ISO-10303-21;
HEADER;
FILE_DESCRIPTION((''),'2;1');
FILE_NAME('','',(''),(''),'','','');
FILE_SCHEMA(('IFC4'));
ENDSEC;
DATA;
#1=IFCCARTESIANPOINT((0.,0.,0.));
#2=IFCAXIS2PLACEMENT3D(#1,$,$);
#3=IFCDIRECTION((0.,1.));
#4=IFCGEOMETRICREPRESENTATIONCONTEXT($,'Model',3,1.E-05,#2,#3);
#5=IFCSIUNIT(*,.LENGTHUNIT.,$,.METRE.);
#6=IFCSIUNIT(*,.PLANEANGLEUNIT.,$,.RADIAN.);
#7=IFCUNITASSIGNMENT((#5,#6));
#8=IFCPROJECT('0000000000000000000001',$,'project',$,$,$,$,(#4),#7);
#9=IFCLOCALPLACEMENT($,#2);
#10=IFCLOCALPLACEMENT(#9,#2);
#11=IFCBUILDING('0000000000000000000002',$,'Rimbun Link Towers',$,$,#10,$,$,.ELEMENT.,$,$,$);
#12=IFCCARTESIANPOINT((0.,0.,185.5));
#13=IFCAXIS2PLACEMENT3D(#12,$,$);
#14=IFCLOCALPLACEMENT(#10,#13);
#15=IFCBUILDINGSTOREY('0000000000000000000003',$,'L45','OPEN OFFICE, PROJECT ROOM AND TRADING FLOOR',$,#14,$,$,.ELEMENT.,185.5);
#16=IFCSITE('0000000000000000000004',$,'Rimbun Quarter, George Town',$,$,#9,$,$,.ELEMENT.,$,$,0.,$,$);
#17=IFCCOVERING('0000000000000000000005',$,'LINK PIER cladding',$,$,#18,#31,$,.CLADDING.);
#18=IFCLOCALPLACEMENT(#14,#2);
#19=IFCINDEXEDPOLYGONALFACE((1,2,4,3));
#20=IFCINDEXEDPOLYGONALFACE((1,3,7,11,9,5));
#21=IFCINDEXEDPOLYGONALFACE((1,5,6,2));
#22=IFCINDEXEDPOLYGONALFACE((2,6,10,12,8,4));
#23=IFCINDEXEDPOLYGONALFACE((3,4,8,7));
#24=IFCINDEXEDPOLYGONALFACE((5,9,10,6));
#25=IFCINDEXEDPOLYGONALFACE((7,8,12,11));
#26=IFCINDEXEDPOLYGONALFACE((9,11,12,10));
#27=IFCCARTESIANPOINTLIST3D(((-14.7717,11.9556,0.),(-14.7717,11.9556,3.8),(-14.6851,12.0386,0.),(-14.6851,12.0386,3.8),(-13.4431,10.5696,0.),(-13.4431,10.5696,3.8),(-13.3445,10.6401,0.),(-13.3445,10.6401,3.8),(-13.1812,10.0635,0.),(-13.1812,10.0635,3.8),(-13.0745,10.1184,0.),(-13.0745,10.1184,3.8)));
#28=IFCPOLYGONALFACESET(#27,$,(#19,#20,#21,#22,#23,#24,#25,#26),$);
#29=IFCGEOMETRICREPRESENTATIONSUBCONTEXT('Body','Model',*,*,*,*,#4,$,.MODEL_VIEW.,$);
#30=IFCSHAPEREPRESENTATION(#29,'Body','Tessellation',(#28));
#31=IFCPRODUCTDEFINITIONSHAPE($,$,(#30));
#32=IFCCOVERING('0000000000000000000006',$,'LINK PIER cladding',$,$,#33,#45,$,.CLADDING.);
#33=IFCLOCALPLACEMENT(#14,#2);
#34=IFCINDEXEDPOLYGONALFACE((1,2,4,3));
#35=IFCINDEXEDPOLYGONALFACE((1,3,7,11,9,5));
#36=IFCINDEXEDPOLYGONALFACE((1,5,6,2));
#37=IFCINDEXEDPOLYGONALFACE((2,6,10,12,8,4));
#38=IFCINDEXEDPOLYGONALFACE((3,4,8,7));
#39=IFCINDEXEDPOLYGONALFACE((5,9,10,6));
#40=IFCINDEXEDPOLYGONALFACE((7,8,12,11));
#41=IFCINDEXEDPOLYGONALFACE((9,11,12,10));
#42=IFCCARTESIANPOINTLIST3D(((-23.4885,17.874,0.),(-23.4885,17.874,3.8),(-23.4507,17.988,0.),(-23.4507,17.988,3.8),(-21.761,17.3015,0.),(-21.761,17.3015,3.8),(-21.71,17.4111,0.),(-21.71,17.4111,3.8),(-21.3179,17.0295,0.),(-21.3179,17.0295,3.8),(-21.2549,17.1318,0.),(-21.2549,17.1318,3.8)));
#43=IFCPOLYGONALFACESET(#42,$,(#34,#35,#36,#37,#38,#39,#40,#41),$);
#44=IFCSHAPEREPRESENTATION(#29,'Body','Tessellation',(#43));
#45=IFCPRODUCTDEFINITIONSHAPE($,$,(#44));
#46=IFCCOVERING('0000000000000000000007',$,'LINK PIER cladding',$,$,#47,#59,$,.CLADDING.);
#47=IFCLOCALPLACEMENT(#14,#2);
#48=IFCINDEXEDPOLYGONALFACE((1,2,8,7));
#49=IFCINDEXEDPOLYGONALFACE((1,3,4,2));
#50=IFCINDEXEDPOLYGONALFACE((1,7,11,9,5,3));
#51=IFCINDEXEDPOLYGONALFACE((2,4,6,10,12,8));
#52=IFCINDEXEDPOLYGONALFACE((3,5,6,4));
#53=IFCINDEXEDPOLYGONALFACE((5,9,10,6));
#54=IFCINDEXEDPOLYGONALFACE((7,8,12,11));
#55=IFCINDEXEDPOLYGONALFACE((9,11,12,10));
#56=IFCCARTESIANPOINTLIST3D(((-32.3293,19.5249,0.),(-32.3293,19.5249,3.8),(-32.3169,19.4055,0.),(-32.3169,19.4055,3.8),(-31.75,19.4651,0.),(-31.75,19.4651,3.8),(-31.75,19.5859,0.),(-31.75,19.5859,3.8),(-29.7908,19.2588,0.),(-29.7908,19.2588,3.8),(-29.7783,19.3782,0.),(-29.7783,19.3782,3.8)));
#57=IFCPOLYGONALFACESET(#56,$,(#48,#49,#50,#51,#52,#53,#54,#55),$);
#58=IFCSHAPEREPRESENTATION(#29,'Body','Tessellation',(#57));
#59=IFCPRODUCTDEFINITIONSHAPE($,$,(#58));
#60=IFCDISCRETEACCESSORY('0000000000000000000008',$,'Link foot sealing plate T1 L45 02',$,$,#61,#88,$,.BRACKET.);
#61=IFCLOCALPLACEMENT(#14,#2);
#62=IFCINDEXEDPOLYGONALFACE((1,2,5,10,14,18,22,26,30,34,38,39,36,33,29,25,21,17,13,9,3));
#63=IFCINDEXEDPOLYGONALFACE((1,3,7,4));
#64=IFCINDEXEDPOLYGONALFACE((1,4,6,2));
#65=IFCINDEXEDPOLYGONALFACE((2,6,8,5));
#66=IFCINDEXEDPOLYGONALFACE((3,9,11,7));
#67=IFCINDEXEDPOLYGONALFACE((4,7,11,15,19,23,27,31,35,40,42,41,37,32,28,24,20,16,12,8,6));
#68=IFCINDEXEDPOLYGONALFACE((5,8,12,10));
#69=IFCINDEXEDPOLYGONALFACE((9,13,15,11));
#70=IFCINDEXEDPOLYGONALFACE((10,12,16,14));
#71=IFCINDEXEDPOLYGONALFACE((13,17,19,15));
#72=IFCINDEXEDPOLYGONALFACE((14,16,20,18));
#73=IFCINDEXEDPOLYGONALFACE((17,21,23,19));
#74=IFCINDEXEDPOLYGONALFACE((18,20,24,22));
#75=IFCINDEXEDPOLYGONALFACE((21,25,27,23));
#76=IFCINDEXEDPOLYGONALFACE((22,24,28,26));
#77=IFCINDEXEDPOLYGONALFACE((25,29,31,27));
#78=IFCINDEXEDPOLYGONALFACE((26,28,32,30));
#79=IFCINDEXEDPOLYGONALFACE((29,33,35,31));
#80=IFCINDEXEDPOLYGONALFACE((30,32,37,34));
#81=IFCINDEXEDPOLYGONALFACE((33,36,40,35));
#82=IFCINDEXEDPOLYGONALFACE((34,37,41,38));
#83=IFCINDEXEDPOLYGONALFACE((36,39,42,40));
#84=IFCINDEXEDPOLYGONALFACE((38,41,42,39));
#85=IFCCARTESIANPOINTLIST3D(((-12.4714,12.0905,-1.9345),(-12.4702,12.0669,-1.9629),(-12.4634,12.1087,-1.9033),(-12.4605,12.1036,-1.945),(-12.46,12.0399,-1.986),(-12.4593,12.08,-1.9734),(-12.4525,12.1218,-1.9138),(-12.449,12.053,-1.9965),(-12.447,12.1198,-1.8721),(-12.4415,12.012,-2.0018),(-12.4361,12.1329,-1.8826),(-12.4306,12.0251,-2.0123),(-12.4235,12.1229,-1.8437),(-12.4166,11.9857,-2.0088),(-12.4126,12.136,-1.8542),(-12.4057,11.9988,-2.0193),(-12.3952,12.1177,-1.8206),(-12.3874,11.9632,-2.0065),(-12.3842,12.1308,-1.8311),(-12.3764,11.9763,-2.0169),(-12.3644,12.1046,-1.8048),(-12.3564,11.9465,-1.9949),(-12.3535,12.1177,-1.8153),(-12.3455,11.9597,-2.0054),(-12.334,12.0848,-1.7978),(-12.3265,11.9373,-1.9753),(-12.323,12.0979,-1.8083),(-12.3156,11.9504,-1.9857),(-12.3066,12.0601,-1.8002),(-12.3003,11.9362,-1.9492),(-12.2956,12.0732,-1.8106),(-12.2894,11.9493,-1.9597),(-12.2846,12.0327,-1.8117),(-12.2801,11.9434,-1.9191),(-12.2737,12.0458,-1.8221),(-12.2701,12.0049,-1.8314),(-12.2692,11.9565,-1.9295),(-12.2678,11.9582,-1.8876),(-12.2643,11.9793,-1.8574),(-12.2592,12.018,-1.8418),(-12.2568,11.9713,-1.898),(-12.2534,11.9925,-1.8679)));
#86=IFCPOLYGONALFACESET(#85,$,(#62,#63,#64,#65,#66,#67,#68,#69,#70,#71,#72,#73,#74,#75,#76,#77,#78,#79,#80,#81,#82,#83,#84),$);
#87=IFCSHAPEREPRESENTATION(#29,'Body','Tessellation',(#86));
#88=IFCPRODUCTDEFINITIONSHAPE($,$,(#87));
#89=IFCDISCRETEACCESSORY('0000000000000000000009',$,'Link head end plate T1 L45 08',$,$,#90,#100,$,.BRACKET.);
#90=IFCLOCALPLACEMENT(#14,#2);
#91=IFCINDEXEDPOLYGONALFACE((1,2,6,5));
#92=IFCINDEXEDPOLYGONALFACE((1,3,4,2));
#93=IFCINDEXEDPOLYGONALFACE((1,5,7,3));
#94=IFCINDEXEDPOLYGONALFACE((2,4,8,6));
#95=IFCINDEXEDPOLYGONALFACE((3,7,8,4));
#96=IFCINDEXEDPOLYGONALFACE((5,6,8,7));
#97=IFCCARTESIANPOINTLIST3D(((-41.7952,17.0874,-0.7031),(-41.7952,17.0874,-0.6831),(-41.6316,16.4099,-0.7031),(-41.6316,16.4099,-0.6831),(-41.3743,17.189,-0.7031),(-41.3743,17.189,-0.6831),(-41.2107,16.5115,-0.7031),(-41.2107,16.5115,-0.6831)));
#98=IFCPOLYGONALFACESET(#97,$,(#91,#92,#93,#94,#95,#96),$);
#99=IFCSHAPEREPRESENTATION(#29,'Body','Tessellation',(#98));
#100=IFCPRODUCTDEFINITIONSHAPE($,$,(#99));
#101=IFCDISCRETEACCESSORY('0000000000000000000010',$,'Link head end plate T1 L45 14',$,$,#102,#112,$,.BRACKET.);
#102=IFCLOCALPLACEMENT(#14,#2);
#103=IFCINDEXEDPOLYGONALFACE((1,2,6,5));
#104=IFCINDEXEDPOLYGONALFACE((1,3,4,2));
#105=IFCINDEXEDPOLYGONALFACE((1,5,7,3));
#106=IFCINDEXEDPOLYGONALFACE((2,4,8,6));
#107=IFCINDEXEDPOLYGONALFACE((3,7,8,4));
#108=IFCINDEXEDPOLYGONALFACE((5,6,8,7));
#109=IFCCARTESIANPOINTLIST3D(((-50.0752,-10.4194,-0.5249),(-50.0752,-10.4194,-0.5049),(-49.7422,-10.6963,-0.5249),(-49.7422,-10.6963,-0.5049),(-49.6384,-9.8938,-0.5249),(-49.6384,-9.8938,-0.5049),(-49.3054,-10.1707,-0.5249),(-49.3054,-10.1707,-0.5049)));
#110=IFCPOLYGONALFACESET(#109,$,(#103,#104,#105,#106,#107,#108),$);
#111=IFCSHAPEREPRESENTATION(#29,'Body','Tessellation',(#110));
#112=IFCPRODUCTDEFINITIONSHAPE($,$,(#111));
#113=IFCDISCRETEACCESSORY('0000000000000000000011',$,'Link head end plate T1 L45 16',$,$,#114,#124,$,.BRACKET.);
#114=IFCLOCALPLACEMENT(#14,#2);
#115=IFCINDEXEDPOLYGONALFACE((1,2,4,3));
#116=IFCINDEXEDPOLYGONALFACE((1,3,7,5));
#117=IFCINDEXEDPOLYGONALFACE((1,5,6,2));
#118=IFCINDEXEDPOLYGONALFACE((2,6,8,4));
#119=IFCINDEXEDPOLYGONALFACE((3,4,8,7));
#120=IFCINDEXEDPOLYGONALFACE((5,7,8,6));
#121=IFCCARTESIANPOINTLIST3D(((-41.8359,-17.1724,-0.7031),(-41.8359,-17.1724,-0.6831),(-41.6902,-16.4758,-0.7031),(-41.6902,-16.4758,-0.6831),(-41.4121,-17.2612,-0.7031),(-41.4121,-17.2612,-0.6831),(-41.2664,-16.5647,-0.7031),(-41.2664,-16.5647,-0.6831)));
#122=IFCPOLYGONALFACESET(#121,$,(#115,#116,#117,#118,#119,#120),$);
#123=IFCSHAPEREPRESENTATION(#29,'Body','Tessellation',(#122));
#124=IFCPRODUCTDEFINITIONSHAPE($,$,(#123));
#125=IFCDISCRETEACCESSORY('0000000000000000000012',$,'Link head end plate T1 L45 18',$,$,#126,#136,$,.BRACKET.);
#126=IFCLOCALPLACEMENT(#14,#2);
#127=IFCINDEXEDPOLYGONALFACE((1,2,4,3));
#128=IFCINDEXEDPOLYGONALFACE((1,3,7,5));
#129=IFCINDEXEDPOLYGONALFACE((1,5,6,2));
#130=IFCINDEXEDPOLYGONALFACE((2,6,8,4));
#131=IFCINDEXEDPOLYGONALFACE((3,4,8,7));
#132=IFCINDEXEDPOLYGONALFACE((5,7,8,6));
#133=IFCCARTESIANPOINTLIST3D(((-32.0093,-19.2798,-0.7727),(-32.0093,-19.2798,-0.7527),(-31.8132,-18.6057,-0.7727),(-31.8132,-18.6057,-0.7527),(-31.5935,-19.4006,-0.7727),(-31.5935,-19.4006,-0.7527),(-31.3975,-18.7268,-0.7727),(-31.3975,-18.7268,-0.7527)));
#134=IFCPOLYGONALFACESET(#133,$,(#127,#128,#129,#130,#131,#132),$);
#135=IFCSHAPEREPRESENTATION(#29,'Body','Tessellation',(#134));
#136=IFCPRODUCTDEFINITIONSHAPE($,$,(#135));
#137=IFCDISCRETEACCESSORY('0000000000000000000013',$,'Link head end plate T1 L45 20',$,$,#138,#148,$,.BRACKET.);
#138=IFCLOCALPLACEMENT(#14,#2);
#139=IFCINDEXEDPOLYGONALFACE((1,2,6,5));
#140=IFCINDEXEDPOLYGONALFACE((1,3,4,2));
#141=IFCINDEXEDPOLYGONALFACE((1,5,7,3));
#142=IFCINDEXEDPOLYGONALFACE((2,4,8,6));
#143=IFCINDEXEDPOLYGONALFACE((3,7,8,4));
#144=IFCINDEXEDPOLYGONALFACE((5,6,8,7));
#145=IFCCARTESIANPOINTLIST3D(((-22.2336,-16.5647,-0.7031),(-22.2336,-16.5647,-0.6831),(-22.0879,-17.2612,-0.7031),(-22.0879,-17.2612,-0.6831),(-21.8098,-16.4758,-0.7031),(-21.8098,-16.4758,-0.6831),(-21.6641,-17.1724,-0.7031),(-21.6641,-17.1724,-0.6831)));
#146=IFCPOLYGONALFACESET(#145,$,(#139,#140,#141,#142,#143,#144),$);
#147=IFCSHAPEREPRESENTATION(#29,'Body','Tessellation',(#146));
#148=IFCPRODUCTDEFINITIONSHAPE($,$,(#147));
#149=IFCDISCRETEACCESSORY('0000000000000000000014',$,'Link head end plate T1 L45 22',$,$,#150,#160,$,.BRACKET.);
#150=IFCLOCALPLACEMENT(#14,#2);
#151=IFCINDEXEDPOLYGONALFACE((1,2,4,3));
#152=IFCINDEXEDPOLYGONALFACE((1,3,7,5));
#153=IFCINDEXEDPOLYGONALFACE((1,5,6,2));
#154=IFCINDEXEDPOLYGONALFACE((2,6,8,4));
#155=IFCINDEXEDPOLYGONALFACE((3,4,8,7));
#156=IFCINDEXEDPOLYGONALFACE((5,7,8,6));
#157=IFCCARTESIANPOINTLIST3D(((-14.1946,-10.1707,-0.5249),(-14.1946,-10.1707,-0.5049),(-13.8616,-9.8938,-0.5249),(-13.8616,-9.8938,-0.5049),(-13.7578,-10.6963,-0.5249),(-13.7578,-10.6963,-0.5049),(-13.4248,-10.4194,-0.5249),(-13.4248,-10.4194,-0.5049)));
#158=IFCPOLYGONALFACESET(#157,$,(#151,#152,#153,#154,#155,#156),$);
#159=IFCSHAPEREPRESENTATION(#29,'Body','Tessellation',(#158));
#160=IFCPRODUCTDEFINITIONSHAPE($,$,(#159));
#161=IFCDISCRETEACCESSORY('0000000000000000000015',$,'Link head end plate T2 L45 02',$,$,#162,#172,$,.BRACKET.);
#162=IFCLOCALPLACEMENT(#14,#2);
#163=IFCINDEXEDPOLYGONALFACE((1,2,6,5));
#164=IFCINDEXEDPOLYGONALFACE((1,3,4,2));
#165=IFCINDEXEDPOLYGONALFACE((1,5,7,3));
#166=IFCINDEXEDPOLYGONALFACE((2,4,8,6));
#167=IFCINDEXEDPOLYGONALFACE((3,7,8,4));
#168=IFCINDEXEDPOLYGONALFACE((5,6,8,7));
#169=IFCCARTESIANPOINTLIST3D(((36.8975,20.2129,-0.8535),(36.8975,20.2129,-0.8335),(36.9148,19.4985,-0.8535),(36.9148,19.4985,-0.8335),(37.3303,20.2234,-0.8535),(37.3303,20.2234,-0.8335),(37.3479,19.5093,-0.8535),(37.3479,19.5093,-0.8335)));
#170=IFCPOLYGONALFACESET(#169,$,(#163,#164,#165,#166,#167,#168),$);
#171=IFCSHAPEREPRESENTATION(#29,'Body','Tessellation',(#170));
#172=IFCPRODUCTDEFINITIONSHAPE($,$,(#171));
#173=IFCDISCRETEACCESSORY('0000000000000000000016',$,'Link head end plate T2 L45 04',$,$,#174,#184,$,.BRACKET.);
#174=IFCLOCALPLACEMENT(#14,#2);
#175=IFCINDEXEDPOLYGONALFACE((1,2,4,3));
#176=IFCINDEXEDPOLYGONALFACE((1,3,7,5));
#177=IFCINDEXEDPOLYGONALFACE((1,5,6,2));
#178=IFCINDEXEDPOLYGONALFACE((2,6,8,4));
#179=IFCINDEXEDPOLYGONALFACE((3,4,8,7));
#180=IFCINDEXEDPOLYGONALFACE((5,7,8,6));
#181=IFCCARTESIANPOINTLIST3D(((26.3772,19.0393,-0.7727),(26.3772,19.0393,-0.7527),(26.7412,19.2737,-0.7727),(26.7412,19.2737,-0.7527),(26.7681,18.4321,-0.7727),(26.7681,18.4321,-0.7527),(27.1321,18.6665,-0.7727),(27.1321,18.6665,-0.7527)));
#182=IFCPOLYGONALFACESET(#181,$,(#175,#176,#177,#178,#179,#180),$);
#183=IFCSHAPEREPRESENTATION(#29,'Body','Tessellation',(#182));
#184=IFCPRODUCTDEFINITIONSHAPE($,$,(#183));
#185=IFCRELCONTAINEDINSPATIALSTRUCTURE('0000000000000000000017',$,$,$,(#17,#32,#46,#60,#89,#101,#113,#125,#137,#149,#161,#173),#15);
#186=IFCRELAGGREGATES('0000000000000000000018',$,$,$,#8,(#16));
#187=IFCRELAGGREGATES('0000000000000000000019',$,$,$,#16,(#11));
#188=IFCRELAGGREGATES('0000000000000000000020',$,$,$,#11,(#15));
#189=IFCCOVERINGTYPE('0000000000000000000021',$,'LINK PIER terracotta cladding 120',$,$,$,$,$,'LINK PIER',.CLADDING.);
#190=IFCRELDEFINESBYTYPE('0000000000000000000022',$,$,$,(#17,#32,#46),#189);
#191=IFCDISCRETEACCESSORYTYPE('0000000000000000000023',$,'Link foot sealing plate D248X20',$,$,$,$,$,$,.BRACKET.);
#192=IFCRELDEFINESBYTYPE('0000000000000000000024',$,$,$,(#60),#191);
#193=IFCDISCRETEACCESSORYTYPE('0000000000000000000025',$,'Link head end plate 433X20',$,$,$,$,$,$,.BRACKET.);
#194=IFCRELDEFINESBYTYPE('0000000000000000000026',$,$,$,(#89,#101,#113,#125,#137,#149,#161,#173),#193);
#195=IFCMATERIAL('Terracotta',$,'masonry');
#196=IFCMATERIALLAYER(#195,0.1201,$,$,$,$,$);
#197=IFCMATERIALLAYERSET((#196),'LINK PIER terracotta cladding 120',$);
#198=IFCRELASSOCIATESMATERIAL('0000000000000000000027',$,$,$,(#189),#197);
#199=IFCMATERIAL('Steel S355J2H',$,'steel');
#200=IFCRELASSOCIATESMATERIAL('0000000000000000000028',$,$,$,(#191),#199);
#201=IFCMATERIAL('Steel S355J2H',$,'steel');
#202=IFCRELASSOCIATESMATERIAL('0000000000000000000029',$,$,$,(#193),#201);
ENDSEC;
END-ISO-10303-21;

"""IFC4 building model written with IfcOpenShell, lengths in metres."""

from ifc_helpers import new_model, si_unit, direction, frame, origin, origin_2d, place, context, subcontext, project, spatial, polyline, rectangle, circle, outline, extrude, material, layer, layer_set, material_profile, profile_set, type_object, element, save


model = new_model("IFC4")

# Units and contexts
model_context = context("Model", 3, precision=1e-05, world=origin(), true_north=direction((0.0, 1.0)))
body_context = subcontext(model_context, "Body", "Model", "MODEL_VIEW")
ifc_project = project(units=[si_unit("LENGTHUNIT", "METRE"), si_unit("PLANEANGLEUNIT", "RADIAN")], contexts=[model_context])

# Site, building, storey
site_placement = place(None, origin())
site = spatial("IfcSite", under=ifc_project, at=site_placement, Name="Rimbun Quarter, George Town", CompositionType="ELEMENT", RefElevation=0.0)
building_placement = place(site_placement, origin())
building = spatial("IfcBuilding", under=site, at=building_placement, Name="Rimbun Link Towers", CompositionType="ELEMENT")
storey_placement = place(building_placement, frame((0.0, 0.0, 185.5)))
storey = spatial("IfcBuildingStorey", under=building, at=storey_placement, Name="L45", Description="OPEN OFFICE, PROJECT ROOM AND TRADING FLOOR", CompositionType="ELEMENT", Elevation=185.5)

# Coverings
ifc_material_1 = material(Name="Terracotta", Category="masonry")
ifc_layer_1 = layer(ifc_material_1, 0.1201)
ifc_layer_set_1 = layer_set([ifc_layer_1], Name="LINK PIER terracotta cladding 120")
covering_type_1 = type_object("IfcCoveringType", Name="LINK PIER terracotta cladding 120", ElementType="LINK PIER", PredefinedType="CLADDING", material=ifc_layer_set_1)
covering_1_placement = place(storey_placement, origin())
element("IfcCovering", 1, at=covering_1_placement, inside=storey, type_object=covering_type_1, Name="LINK PIER cladding", PredefinedType="CLADDING", context=body_context, shape_type="SweptSolid", body=[
    extrude(outline(polyline([(-14.7717, 11.9556), (-13.4431, 10.5696), (-13.1812, 10.0635), (-13.0745, 10.1184), (-13.3445, 10.6401), (-14.6851, 12.0386), (-14.7717, 11.9556)])), origin(), (0.0, 0.0, 1.0), 3.8),
])
covering_2_placement = place(storey_placement, origin())
element("IfcCovering", 2, at=covering_2_placement, inside=storey, type_object=covering_type_1, Name="LINK PIER cladding", PredefinedType="CLADDING", context=body_context, shape_type="SweptSolid", body=[
    extrude(outline(polyline([(-23.4885, 17.874), (-21.761, 17.3015), (-21.3179, 17.0295), (-21.2549, 17.1318), (-21.71, 17.4111), (-23.4507, 17.988), (-23.4885, 17.874)])), origin(), (0.0, 0.0, 1.0), 3.8),
])
covering_3_placement = place(storey_placement, origin())
element("IfcCovering", 3, at=covering_3_placement, inside=storey, type_object=covering_type_1, Name="LINK PIER cladding", PredefinedType="CLADDING", context=body_context, shape_type="SweptSolid", body=[
    extrude(outline(polyline([(-32.3169, 19.4055), (-31.75, 19.4651), (-29.7908, 19.2588), (-29.7783, 19.3782), (-31.75, 19.5859), (-32.3293, 19.5249), (-32.3169, 19.4055)])), origin(), (0.0, 0.0, 1.0), 3.8),
])

# Discrete accessories
ifc_material_2 = material(Name="Steel S355J2H", Category="steel")
ifc_material_profile_1 = material_profile(ifc_material_2, circle(Radius=0.124, at=origin_2d()), Name="PL D248")
ifc_profile_set_1 = profile_set([ifc_material_profile_1], Name="Steel S355J2H")
discrete_accessory_type_1 = type_object("IfcDiscreteAccessoryType", Name="Link foot sealing plate D248X20", PredefinedType="BRACKET", material=ifc_profile_set_1)
discrete_accessory_1_placement = place(storey_placement, frame((-12.3682, 12.0293, -1.9033), z_axis=(0.546107, 0.655328, -0.521835), x_axis=(-0.768221, 0.640184, 0.0)))
element("IfcDiscreteAccessory", 4, at=discrete_accessory_1_placement, inside=storey, type_object=discrete_accessory_type_1, Name="Link foot sealing plate T1 L45 02", PredefinedType="BRACKET", context=body_context, shape_type="SweptSolid", body=[
    extrude(circle(Radius=0.124, at=origin_2d()), origin(), (0.0, 0.0, 1.0), 0.02),
])
ifc_material_3 = material(Name="Steel S355J2H", Category="steel")
ifc_material_profile_2 = material_profile(ifc_material_3, rectangle(XDim=0.4331, YDim=0.4331, at=origin_2d()), Name="PL 433x433")
ifc_profile_set_2 = profile_set([ifc_material_profile_2], Name="Steel S355J2H")
discrete_accessory_type_2 = type_object("IfcDiscreteAccessoryType", Name="Link head end plate 433X20", PredefinedType="BRACKET", material=ifc_profile_set_2)
discrete_accessory_2_placement = place(storey_placement, frame((0.0, 0.0, -0.7031)))
element("IfcDiscreteAccessory", 5, at=discrete_accessory_2_placement, inside=storey, type_object=discrete_accessory_type_2, Name="Link head end plate T1 L45 08", PredefinedType="BRACKET", context=body_context, shape_type="SweptSolid", body=[
    extrude(outline(polyline([(-41.2107, 16.5115), (-41.3743, 17.189), (-41.7952, 17.0874), (-41.6316, 16.4099), (-41.2107, 16.5115)])), origin(), (0.0, 0.0, 1.0), 0.02),
])
discrete_accessory_3_placement = place(storey_placement, frame((0.0, 0.0, -0.5249)))
element("IfcDiscreteAccessory", 6, at=discrete_accessory_3_placement, inside=storey, type_object=discrete_accessory_type_2, Name="Link head end plate T1 L45 14", PredefinedType="BRACKET", context=body_context, shape_type="SweptSolid", body=[
    extrude(outline(polyline([(-49.6384, -9.8938), (-50.0752, -10.4194), (-49.7422, -10.6963), (-49.3054, -10.1707), (-49.6384, -9.8938)])), origin(), (0.0, 0.0, 1.0), 0.02),
])
discrete_accessory_4_placement = place(storey_placement, frame((0.0, 0.0, -0.7031)))
element("IfcDiscreteAccessory", 7, at=discrete_accessory_4_placement, inside=storey, type_object=discrete_accessory_type_2, Name="Link head end plate T1 L45 16", PredefinedType="BRACKET", context=body_context, shape_type="SweptSolid", body=[
    extrude(outline(polyline([(-41.6902, -16.4758), (-41.8359, -17.1724), (-41.4121, -17.2612), (-41.2664, -16.5647), (-41.6902, -16.4758)])), origin(), (0.0, 0.0, 1.0), 0.02),
])
discrete_accessory_5_placement = place(storey_placement, frame((0.0, 0.0, -0.7727)))
element("IfcDiscreteAccessory", 8, at=discrete_accessory_5_placement, inside=storey, type_object=discrete_accessory_type_2, Name="Link head end plate T1 L45 18", PredefinedType="BRACKET", context=body_context, shape_type="SweptSolid", body=[
    extrude(outline(polyline([(-31.8132, -18.6057), (-32.0093, -19.2798), (-31.5935, -19.4006), (-31.3975, -18.7268), (-31.8132, -18.6057)])), origin(), (0.0, 0.0, 1.0), 0.02),
])
discrete_accessory_6_placement = place(storey_placement, frame((0.0, 0.0, -0.7031)))
element("IfcDiscreteAccessory", 9, at=discrete_accessory_6_placement, inside=storey, type_object=discrete_accessory_type_2, Name="Link head end plate T1 L45 20", PredefinedType="BRACKET", context=body_context, shape_type="SweptSolid", body=[
    extrude(outline(polyline([(-22.2336, -16.5647), (-22.0879, -17.2612), (-21.6641, -17.1724), (-21.8098, -16.4758), (-22.2336, -16.5647)])), origin(), (0.0, 0.0, 1.0), 0.02),
])
discrete_accessory_7_placement = place(storey_placement, frame((0.0, 0.0, -0.5249)))
element("IfcDiscreteAccessory", 10, at=discrete_accessory_7_placement, inside=storey, type_object=discrete_accessory_type_2, Name="Link head end plate T1 L45 22", PredefinedType="BRACKET", context=body_context, shape_type="SweptSolid", body=[
    extrude(outline(polyline([(-14.1946, -10.1707), (-13.7578, -10.6963), (-13.4248, -10.4194), (-13.8616, -9.8938), (-14.1946, -10.1707)])), origin(), (0.0, 0.0, 1.0), 0.02),
])
discrete_accessory_8_placement = place(storey_placement, frame((0.0, 0.0, -0.8535)))
element("IfcDiscreteAccessory", 11, at=discrete_accessory_8_placement, inside=storey, type_object=discrete_accessory_type_2, Name="Link head end plate T2 L45 02", PredefinedType="BRACKET", context=body_context, shape_type="SweptSolid", body=[
    extrude(outline(polyline([(37.3479, 19.5093), (37.3303, 20.2234), (36.8975, 20.2129), (36.9148, 19.4985), (37.3479, 19.5093)])), origin(), (0.0, 0.0, 1.0), 0.02),
])
discrete_accessory_9_placement = place(storey_placement, frame((0.0, 0.0, -0.7727)))
element("IfcDiscreteAccessory", 12, at=discrete_accessory_9_placement, inside=storey, type_object=discrete_accessory_type_2, Name="Link head end plate T2 L45 04", PredefinedType="BRACKET", context=body_context, shape_type="SweptSolid", body=[
    extrude(outline(polyline([(27.1321, 18.6665), (26.7412, 19.2737), (26.3772, 19.0393), (26.7681, 18.4321), (27.1321, 18.6665)])), origin(), (0.0, 0.0, 1.0), 0.02),
])

save(model, "model.ifc")
